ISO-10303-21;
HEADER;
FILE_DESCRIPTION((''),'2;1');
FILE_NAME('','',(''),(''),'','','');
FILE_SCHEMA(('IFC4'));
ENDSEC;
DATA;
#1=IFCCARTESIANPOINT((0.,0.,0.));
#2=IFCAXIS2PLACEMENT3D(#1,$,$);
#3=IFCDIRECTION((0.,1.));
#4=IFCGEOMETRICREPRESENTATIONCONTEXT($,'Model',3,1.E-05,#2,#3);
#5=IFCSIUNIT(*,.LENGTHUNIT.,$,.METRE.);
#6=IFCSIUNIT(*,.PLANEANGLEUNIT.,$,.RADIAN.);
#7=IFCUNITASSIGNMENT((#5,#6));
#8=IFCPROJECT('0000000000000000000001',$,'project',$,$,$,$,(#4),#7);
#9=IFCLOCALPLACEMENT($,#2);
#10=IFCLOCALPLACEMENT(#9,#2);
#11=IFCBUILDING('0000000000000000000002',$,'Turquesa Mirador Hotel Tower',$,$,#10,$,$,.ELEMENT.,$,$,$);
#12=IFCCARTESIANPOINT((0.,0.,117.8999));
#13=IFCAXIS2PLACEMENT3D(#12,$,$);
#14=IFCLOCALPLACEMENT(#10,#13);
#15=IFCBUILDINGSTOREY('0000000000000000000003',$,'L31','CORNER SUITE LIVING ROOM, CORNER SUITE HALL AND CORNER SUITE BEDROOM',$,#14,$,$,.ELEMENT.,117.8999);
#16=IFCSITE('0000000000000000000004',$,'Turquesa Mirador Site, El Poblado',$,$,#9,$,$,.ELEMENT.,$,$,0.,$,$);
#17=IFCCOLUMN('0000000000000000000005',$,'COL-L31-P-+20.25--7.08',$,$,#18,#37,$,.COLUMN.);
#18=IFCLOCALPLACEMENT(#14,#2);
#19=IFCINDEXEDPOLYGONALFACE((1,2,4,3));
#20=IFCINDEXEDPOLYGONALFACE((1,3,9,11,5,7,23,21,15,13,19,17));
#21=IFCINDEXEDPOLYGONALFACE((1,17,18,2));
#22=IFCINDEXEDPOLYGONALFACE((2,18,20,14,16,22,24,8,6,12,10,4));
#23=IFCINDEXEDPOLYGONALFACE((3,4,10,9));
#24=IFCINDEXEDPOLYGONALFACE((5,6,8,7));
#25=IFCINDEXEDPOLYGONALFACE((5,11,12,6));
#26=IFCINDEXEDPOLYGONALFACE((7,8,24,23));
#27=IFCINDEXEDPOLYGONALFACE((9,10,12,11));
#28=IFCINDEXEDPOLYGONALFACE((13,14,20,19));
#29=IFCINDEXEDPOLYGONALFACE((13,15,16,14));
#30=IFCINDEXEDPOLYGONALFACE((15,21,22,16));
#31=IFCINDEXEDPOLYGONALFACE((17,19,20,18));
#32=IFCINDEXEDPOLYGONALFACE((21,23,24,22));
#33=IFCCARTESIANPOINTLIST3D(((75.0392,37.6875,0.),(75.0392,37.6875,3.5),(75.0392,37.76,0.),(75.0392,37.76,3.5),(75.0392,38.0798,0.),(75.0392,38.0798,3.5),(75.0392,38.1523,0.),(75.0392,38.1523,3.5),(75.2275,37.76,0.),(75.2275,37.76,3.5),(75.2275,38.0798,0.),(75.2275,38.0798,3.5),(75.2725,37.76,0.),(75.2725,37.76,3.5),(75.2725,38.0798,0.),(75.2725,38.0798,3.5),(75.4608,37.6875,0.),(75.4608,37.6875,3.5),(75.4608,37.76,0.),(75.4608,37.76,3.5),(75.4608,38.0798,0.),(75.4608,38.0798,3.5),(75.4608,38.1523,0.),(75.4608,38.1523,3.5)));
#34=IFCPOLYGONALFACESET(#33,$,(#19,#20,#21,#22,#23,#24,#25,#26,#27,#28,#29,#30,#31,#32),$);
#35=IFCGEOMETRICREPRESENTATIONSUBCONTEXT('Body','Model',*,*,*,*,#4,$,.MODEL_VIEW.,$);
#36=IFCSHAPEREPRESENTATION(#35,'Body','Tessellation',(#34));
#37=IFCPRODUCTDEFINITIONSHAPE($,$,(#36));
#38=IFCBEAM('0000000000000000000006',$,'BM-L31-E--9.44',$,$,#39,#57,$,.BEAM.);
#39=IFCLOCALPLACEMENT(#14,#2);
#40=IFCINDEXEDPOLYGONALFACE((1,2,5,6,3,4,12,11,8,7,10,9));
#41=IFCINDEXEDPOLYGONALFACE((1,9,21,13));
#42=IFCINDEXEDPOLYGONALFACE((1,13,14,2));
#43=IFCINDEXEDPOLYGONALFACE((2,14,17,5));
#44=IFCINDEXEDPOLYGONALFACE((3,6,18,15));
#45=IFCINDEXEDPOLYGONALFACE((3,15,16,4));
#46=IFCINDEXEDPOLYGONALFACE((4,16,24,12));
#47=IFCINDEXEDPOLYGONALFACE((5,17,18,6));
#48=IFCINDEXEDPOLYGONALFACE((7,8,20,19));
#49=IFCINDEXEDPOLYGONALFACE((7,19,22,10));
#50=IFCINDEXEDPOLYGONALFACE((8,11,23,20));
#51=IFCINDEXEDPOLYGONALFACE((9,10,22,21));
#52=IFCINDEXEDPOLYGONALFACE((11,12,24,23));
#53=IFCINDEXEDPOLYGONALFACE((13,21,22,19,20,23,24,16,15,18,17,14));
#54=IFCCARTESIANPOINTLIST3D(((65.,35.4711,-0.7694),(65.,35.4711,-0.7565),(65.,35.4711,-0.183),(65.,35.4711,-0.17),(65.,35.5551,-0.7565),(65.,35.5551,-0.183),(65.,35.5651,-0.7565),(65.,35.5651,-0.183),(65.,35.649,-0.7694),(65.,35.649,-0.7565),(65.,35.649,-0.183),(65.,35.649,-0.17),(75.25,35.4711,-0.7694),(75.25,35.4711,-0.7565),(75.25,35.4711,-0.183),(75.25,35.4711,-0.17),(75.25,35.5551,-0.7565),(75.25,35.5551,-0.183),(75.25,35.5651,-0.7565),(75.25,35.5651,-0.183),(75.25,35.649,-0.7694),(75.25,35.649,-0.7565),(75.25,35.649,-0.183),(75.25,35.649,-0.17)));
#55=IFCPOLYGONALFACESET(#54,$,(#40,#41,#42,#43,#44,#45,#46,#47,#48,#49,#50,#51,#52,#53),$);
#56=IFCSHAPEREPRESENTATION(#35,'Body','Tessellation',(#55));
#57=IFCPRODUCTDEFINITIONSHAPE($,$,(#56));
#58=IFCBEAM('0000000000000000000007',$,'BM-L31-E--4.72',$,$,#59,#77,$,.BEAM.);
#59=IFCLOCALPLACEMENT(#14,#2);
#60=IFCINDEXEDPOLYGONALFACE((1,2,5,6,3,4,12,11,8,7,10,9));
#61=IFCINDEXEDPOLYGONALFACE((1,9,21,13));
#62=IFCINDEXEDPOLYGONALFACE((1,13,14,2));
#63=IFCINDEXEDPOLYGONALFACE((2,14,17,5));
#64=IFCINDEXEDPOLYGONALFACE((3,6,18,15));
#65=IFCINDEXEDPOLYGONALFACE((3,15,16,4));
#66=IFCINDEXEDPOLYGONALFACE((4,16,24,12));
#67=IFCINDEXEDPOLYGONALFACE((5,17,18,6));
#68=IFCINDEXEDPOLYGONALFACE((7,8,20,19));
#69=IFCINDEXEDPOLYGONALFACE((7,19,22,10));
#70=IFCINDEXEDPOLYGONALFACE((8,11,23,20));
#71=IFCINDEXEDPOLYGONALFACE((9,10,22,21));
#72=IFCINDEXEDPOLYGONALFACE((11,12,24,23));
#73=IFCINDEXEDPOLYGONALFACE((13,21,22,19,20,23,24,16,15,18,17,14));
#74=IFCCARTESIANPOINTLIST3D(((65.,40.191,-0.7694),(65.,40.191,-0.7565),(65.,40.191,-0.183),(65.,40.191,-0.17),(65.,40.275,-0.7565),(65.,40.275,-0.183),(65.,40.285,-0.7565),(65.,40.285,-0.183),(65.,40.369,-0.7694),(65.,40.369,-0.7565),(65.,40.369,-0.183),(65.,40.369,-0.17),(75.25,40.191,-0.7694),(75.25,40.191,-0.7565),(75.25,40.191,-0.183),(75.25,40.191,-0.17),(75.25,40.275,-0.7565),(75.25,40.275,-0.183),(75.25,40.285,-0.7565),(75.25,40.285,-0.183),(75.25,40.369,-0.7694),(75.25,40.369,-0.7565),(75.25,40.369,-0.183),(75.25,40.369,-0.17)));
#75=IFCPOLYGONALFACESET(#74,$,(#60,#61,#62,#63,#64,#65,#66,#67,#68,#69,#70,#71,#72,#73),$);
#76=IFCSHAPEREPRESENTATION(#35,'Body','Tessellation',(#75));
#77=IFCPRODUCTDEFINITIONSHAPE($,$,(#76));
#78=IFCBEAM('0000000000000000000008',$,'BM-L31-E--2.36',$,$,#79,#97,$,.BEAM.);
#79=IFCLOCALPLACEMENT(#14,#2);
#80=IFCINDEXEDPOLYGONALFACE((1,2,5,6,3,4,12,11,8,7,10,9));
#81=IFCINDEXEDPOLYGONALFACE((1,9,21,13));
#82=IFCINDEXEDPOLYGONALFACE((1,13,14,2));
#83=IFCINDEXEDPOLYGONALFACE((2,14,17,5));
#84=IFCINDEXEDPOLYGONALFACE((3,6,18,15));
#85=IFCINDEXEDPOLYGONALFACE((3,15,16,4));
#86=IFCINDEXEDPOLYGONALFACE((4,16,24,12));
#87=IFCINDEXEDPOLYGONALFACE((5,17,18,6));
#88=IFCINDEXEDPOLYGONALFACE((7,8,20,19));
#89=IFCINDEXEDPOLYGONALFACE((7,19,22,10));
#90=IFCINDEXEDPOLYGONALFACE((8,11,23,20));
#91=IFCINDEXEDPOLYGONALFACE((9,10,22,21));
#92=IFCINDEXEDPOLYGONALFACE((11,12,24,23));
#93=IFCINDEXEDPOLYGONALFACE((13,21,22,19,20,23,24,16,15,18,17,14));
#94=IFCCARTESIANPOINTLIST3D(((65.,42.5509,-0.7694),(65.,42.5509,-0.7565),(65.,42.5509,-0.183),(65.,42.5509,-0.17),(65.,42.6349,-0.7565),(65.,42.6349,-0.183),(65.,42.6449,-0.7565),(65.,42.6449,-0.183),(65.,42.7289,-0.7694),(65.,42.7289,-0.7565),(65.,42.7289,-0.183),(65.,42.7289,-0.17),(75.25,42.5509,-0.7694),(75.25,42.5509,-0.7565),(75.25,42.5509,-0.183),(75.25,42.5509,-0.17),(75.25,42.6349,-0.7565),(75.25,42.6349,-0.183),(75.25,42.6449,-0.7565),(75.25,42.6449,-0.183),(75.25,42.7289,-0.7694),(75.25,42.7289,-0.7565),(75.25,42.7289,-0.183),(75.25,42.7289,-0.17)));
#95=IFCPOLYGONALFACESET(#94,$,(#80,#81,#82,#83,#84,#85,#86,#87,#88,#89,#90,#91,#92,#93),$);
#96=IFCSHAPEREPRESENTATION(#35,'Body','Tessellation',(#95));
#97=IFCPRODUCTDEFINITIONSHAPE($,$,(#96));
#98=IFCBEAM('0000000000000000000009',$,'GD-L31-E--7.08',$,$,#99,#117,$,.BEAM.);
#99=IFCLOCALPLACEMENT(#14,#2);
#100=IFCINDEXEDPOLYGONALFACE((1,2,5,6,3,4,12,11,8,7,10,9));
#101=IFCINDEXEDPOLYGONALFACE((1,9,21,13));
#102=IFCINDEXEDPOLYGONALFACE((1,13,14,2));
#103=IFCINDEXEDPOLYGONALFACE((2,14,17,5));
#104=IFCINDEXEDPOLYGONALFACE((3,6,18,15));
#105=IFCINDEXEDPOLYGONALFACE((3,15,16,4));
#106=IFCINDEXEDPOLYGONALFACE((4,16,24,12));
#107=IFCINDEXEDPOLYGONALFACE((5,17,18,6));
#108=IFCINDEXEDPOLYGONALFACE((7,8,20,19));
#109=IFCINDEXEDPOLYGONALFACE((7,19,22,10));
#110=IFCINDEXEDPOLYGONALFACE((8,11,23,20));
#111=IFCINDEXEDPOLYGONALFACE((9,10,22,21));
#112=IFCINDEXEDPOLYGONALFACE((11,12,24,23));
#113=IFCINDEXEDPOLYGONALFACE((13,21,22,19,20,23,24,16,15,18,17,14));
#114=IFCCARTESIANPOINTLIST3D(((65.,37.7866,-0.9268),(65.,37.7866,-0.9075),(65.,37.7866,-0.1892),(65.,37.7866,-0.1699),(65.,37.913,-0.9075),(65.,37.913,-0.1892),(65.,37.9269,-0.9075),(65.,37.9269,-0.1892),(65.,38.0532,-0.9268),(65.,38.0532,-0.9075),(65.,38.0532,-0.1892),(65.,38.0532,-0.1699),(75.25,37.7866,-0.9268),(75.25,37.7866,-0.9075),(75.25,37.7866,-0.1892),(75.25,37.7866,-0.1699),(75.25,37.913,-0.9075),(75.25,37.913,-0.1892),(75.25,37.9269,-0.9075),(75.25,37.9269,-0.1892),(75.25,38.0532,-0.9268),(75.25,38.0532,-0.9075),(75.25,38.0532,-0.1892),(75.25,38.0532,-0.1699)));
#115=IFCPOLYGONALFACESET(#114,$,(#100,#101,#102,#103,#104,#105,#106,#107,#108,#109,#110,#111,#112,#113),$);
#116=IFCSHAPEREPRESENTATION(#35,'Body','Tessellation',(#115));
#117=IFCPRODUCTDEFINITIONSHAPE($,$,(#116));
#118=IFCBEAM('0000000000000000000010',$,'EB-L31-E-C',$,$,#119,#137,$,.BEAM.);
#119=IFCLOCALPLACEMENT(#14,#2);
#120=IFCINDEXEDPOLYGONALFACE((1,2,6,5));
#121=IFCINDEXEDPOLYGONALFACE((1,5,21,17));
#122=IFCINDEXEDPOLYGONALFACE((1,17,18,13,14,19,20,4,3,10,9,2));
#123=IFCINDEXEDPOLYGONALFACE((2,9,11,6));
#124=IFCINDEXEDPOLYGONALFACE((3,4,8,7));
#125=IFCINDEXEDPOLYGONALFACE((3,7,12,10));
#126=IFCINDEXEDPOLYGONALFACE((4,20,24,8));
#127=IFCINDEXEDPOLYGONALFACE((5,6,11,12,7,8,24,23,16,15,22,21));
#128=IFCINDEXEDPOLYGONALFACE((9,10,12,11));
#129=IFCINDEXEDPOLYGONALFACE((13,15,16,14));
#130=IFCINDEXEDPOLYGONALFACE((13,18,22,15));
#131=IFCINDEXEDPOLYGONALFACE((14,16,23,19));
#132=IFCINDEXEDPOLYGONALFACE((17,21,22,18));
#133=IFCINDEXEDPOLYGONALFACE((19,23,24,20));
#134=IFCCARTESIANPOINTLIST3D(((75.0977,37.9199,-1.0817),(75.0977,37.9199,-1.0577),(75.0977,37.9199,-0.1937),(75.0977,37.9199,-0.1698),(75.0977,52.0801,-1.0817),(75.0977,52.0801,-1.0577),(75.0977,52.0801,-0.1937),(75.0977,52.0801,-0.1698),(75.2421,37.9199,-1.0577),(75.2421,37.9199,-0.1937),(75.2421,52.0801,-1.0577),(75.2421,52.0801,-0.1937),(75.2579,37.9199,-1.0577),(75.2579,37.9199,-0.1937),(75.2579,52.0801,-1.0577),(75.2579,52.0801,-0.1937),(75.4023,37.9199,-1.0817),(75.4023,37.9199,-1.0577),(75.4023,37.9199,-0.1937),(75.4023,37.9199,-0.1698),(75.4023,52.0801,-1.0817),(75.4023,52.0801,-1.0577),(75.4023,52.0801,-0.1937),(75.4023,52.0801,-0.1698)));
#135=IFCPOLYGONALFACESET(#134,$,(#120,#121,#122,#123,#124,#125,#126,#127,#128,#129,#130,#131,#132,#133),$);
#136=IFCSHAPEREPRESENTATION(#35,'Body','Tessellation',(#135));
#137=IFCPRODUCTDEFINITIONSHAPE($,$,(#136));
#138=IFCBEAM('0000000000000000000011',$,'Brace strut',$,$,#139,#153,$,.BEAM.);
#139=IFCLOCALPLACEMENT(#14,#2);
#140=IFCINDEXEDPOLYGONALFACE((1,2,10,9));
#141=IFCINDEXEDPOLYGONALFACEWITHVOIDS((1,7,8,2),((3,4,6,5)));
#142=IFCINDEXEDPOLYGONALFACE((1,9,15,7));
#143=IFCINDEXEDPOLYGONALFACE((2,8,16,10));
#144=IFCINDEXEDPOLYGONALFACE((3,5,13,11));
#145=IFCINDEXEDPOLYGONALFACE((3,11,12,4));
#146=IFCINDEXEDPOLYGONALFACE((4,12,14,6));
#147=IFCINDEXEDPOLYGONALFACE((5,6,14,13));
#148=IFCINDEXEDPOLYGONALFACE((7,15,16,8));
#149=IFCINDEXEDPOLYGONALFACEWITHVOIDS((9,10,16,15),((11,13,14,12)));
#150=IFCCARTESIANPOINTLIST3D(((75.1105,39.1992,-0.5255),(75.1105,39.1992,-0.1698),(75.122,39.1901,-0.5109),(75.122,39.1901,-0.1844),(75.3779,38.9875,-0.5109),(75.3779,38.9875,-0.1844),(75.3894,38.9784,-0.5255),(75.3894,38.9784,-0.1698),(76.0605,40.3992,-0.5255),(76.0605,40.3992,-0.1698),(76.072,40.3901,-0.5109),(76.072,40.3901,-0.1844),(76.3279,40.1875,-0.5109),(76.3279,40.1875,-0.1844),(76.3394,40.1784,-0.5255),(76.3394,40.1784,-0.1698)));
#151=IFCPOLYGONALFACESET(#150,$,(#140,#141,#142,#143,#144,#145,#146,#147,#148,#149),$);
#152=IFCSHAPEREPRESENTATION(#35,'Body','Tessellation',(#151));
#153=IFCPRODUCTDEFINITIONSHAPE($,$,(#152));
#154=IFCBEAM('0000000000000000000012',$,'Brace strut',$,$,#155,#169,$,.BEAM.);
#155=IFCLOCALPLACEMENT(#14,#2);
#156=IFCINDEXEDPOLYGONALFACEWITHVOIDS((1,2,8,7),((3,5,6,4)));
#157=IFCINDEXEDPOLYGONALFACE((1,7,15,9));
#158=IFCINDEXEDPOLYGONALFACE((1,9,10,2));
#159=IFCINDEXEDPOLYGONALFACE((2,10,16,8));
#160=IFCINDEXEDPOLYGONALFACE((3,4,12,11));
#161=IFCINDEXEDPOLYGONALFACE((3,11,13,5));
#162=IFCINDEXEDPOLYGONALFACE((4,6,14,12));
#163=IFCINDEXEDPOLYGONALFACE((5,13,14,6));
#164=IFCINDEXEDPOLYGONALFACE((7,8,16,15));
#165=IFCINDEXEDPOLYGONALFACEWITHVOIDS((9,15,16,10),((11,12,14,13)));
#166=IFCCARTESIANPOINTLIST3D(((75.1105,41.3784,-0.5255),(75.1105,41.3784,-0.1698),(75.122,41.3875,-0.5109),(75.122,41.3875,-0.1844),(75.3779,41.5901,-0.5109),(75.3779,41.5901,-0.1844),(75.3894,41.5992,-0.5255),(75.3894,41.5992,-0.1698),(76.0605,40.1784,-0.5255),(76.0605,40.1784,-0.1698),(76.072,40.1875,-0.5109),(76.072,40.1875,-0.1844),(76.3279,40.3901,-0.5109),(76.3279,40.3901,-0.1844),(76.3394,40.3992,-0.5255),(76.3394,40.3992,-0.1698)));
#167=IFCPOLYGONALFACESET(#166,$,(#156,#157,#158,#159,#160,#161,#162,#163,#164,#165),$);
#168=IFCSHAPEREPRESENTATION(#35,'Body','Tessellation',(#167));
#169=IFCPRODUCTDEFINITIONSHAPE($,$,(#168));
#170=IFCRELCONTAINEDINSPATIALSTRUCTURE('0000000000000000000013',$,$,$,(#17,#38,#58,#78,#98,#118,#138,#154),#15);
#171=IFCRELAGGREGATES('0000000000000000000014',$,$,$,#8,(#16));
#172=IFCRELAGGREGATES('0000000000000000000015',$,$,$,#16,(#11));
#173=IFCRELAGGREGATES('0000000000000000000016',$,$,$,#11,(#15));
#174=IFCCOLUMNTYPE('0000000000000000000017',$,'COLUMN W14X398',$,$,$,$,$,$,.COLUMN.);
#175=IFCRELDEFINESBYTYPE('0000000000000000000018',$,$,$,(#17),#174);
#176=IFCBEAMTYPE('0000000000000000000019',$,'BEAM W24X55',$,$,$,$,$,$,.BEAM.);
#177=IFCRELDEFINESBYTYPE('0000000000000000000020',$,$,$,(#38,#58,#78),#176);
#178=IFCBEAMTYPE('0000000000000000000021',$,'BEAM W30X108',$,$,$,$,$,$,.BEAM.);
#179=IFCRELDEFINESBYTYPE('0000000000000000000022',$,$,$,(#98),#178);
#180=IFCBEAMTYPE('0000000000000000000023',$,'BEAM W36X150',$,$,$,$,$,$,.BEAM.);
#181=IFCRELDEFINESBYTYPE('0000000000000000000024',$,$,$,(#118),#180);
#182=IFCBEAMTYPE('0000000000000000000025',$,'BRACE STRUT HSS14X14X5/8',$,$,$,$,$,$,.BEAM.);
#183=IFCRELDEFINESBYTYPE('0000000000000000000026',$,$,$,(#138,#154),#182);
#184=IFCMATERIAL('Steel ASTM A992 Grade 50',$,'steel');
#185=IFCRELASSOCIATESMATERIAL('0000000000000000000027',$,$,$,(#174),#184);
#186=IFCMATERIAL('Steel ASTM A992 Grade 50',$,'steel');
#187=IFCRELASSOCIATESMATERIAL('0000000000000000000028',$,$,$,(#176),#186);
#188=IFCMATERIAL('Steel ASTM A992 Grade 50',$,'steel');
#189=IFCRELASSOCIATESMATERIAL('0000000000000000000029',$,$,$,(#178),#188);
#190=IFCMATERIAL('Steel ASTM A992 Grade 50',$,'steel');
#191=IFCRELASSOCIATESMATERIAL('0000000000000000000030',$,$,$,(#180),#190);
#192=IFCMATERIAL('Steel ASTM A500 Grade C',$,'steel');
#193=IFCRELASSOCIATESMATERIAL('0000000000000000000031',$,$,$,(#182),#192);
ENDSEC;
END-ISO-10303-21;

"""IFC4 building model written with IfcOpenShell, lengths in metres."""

from ifc_helpers import new_model, si_unit, direction, frame, origin, origin_2d, place, context, subcontext, project, spatial, hollow_rectangle, i_section, extrude, material, material_profile, profile_set, type_object, element, save


model = new_model("IFC4")

# Units and contexts
model_context = context("Model", 3, precision=1e-05, world=origin(), true_north=direction((0.0, 1.0)))
body_context = subcontext(model_context, "Body", "Model", "MODEL_VIEW")
ifc_project = project(units=[si_unit("LENGTHUNIT", "METRE"), si_unit("PLANEANGLEUNIT", "RADIAN")], contexts=[model_context])

# Site, building, storey
site_placement = place(None, origin())
site = spatial("IfcSite", under=ifc_project, at=site_placement, Name="Turquesa Mirador Site, El Poblado", CompositionType="ELEMENT", RefElevation=0.0)
building_placement = place(site_placement, origin())
building = spatial("IfcBuilding", under=site, at=building_placement, Name="Turquesa Mirador Hotel Tower", CompositionType="ELEMENT")
storey_placement = place(building_placement, frame((0.0, 0.0, 117.8999)))
storey = spatial("IfcBuildingStorey", under=building, at=storey_placement, Name="L31", Description="CORNER SUITE LIVING ROOM, CORNER SUITE HALL AND CORNER SUITE BEDROOM", CompositionType="ELEMENT", Elevation=117.8999)

# Column
ifc_material_1 = material(Name="Steel ASTM A992 Grade 50", Category="steel")
ifc_material_profile_1 = material_profile(ifc_material_1, i_section(OverallWidth=0.4216, OverallDepth=0.4648, WebThickness=0.0449, FlangeThickness=0.0725, at=origin_2d()), Name="W14X398")
ifc_profile_set_1 = profile_set([ifc_material_profile_1], Name="Steel ASTM A992 Grade 50")
column_type = type_object("IfcColumnType", Name="COLUMN W14X398", PredefinedType="COLUMN", material=ifc_profile_set_1)
column_placement = place(storey_placement, frame((75.25, 37.9199, 0.0), z_axis=(0.0, 0.0, 1.0), x_axis=(1.0, 0.0, 0.0)))
element("IfcColumn", 1, at=column_placement, inside=storey, type_object=column_type, Name="COL-L31-P-+20.25--7.08", PredefinedType="COLUMN", context=body_context, shape_type="SweptSolid", body=[
    extrude(i_section(OverallWidth=0.4216, OverallDepth=0.4648, WebThickness=0.0449, FlangeThickness=0.0725, at=origin_2d()), origin(), (0.0, 0.0, 1.0), 3.5),
])

# Beams
ifc_material_2 = material(Name="Steel ASTM A992 Grade 50", Category="steel")
ifc_material_profile_2 = material_profile(ifc_material_2, i_section(OverallWidth=0.178, OverallDepth=0.5994, WebThickness=0.01, FlangeThickness=0.0129, at=origin_2d()), Name="W24X55")
ifc_profile_set_2 = profile_set([ifc_material_profile_2], Name="Steel ASTM A992 Grade 50")
beam_type_1 = type_object("IfcBeamType", Name="BEAM W24X55", PredefinedType="BEAM", material=ifc_profile_set_2)
for number, where, z_axis, x_axis, name in (
    (2, (75.25, 35.5601, -0.4697), (-1.0, 0.0, 0.0), (0.0, -1.0, 0.0), "BM-L31-E--9.44"),
    (3, (75.25, 40.28, -0.4697), (-1.0, 0.0, 0.0), (0.0, -1.0, 0.0), "BM-L31-E--4.72"),
    (4, (75.25, 42.6399, -0.4697), (-1.0, 0.0, 0.0), (0.0, -1.0, 0.0), "BM-L31-E--2.36"),
):
    element("IfcBeam", number, at=place(storey_placement, frame(where, z_axis=z_axis, x_axis=x_axis)), inside=storey, type_object=beam_type_1, Name=name, PredefinedType="BEAM", context=body_context, shape_type="SweptSolid", body=[
        extrude(i_section(OverallWidth=0.178, OverallDepth=0.5994, WebThickness=0.01, FlangeThickness=0.0129, at=origin_2d()), origin(), (0.0, 0.0, 1.0), 10.25),
    ])
ifc_material_3 = material(Name="Steel ASTM A992 Grade 50", Category="steel")
ifc_material_profile_3 = material_profile(ifc_material_3, i_section(OverallWidth=0.2666, OverallDepth=0.7568, WebThickness=0.0139, FlangeThickness=0.0193, at=origin_2d()), Name="W30X108")
ifc_profile_set_3 = profile_set([ifc_material_profile_3], Name="Steel ASTM A992 Grade 50")
beam_type_2 = type_object("IfcBeamType", Name="BEAM W30X108", PredefinedType="BEAM", material=ifc_profile_set_3)
beam_1_placement = place(storey_placement, frame((75.25, 37.9199, -0.5483), z_axis=(-1.0, 0.0, 0.0), x_axis=(0.0, -1.0, 0.0)))
element("IfcBeam", 5, at=beam_1_placement, inside=storey, type_object=beam_type_2, Name="GD-L31-E--7.08", PredefinedType="BEAM", context=body_context, shape_type="SweptSolid", body=[
    extrude(i_section(OverallWidth=0.2666, OverallDepth=0.7568, WebThickness=0.0139, FlangeThickness=0.0193, at=origin_2d()), origin(), (0.0, 0.0, 1.0), 10.25),
])
ifc_material_4 = material(Name="Steel ASTM A992 Grade 50", Category="steel")
ifc_material_profile_4 = material_profile(ifc_material_4, i_section(OverallWidth=0.3047, OverallDepth=0.9119, WebThickness=0.0159, FlangeThickness=0.0239, at=origin_2d()), Name="W36X150")
ifc_profile_set_4 = profile_set([ifc_material_profile_4], Name="Steel ASTM A992 Grade 50")
beam_type_3 = type_object("IfcBeamType", Name="BEAM W36X150", PredefinedType="BEAM", material=ifc_profile_set_4)
beam_2_placement = place(storey_placement, frame((75.25, 37.9199, -0.6257), z_axis=(0.0, 1.0, 0.0), x_axis=(-1.0, 0.0, 0.0)))
element("IfcBeam", 6, at=beam_2_placement, inside=storey, type_object=beam_type_3, Name="EB-L31-E-C", PredefinedType="BEAM", context=body_context, shape_type="SweptSolid", body=[
    extrude(i_section(OverallWidth=0.3047, OverallDepth=0.9119, WebThickness=0.0159, FlangeThickness=0.0239, at=origin_2d()), origin(), (0.0, 0.0, 1.0), 14.1602),
])
ifc_material_5 = material(Name="Steel ASTM A500 Grade C", Category="steel")
ifc_material_profile_5 = material_profile(ifc_material_5, hollow_rectangle(XDim=0.3557, YDim=0.3557, WallThickness=0.0146, at=origin_2d()), Name="HSS14X14X5/8")
ifc_profile_set_5 = profile_set([ifc_material_profile_5], Name="Steel ASTM A500 Grade C")
beam_type_4 = type_object("IfcBeamType", Name="BRACE STRUT HSS14X14X5/8", PredefinedType="BEAM", material=ifc_profile_set_5)
for number, where, z_axis, x_axis, name in (
    (7, (76.2, 40.2888, -0.3477), (-0.620699, -0.784049, 0.0), (0.784049, -0.620699, 0.0), "Brace strut"),
    (8, (76.2, 40.2888, -0.3477), (-0.620699, 0.784049, 0.0), (-0.784049, -0.620699, 0.0), "Brace strut"),
):
    element("IfcBeam", number, at=place(storey_placement, frame(where, z_axis=z_axis, x_axis=x_axis)), inside=storey, type_object=beam_type_4, Name=name, PredefinedType="BEAM", context=body_context, shape_type="SweptSolid", body=[
        extrude(hollow_rectangle(XDim=0.3557, YDim=0.3557, WallThickness=0.0146, at=origin_2d()), origin(), (0.0, 0.0, 1.0), 1.5305),
    ])

save(model, "model.ifc")
